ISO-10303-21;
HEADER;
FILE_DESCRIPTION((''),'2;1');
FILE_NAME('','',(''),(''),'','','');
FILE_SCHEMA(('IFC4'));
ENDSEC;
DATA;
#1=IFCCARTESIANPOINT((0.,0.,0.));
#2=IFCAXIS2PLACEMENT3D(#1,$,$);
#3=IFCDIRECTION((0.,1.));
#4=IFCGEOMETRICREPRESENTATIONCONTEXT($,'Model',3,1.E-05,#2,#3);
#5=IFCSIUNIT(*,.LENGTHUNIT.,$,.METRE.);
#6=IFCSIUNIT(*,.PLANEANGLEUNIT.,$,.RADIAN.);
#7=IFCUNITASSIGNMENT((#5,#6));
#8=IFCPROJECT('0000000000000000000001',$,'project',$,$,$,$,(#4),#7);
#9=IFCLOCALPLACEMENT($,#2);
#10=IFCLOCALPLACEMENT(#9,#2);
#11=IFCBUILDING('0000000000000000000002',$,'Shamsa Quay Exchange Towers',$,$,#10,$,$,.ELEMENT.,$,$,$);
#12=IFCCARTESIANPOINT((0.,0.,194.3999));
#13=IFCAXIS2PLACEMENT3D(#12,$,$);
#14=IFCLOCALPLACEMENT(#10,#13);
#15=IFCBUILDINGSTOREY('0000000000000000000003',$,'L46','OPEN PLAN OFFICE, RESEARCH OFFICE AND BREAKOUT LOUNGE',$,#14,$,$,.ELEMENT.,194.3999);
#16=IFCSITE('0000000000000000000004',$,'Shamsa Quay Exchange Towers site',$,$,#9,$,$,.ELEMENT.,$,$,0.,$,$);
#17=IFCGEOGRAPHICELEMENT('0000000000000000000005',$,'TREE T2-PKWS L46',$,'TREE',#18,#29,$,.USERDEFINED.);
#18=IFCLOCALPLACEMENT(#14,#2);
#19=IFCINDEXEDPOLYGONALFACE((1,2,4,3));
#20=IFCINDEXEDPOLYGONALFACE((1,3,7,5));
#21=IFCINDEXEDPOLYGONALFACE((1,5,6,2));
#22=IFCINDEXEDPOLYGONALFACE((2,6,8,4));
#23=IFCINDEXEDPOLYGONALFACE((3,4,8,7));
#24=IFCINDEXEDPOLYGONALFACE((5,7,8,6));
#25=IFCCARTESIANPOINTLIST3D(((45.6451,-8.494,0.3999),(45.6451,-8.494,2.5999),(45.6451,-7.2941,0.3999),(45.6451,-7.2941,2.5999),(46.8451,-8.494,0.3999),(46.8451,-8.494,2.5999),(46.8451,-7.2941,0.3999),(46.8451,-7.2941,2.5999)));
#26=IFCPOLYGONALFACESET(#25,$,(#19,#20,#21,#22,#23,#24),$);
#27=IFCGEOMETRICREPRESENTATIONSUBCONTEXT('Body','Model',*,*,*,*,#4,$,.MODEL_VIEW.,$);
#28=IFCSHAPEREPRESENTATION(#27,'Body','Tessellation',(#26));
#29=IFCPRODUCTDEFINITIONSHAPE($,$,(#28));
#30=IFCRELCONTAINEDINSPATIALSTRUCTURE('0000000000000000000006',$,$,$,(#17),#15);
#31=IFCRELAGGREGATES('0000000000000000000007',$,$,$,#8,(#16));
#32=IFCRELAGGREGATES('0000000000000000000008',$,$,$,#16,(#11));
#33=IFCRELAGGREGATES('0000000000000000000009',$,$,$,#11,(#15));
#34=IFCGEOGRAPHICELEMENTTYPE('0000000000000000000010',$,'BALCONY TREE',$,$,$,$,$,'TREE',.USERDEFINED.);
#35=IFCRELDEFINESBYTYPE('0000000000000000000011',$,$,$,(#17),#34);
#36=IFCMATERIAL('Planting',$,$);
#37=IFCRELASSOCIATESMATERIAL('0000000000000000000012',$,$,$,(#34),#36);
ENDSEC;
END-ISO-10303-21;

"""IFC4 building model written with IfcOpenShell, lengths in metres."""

from ifc_helpers import new_model, si_unit, direction, frame, origin, origin_2d, place, context, subcontext, project, spatial, rectangle, extrude, material, type_object, element, save


model = new_model("IFC4")

# Units and contexts
model_context = context("Model", 3, precision=1e-05, world=origin(), true_north=direction((0.0, 1.0)))
body_context = subcontext(model_context, "Body", "Model", "MODEL_VIEW")
ifc_project = project(units=[si_unit("LENGTHUNIT", "METRE"), si_unit("PLANEANGLEUNIT", "RADIAN")], contexts=[model_context])

# Site, building, storey
site_placement = place(None, origin())
site = spatial("IfcSite", under=ifc_project, at=site_placement, Name="Shamsa Quay Exchange Towers site", CompositionType="ELEMENT", RefElevation=0.0)
building_placement = place(site_placement, origin())
building = spatial("IfcBuilding", under=site, at=building_placement, Name="Shamsa Quay Exchange Towers", CompositionType="ELEMENT")
storey_placement = place(building_placement, frame((0.0, 0.0, 194.3999)))
storey = spatial("IfcBuildingStorey", under=building, at=storey_placement, Name="L46", Description="OPEN PLAN OFFICE, RESEARCH OFFICE AND BREAKOUT LOUNGE", CompositionType="ELEMENT", Elevation=194.3999)

# Geographic element
ifc_material_1 = material(Name="Planting")
geographic_element_type = type_object("IfcGeographicElementType", Name="BALCONY TREE", ElementType="TREE", PredefinedType="USERDEFINED", material=ifc_material_1)
geographic_element_placement = place(storey_placement, frame((46.2451, -7.894, 0.3999), z_axis=(0.0, 0.0, 1.0), x_axis=(0.0, 1.0, 0.0)))
element("IfcGeographicElement", 1, at=geographic_element_placement, inside=storey, type_object=geographic_element_type, Name="TREE T2-PKWS L46", ObjectType="TREE", PredefinedType="USERDEFINED", context=body_context, shape_type="SweptSolid", body=[
    extrude(rectangle(XDim=1.2, YDim=1.2, at=origin_2d()), origin(), (0.0, 0.0, 1.0), 2.2),
])

save(model, "model.ifc")
